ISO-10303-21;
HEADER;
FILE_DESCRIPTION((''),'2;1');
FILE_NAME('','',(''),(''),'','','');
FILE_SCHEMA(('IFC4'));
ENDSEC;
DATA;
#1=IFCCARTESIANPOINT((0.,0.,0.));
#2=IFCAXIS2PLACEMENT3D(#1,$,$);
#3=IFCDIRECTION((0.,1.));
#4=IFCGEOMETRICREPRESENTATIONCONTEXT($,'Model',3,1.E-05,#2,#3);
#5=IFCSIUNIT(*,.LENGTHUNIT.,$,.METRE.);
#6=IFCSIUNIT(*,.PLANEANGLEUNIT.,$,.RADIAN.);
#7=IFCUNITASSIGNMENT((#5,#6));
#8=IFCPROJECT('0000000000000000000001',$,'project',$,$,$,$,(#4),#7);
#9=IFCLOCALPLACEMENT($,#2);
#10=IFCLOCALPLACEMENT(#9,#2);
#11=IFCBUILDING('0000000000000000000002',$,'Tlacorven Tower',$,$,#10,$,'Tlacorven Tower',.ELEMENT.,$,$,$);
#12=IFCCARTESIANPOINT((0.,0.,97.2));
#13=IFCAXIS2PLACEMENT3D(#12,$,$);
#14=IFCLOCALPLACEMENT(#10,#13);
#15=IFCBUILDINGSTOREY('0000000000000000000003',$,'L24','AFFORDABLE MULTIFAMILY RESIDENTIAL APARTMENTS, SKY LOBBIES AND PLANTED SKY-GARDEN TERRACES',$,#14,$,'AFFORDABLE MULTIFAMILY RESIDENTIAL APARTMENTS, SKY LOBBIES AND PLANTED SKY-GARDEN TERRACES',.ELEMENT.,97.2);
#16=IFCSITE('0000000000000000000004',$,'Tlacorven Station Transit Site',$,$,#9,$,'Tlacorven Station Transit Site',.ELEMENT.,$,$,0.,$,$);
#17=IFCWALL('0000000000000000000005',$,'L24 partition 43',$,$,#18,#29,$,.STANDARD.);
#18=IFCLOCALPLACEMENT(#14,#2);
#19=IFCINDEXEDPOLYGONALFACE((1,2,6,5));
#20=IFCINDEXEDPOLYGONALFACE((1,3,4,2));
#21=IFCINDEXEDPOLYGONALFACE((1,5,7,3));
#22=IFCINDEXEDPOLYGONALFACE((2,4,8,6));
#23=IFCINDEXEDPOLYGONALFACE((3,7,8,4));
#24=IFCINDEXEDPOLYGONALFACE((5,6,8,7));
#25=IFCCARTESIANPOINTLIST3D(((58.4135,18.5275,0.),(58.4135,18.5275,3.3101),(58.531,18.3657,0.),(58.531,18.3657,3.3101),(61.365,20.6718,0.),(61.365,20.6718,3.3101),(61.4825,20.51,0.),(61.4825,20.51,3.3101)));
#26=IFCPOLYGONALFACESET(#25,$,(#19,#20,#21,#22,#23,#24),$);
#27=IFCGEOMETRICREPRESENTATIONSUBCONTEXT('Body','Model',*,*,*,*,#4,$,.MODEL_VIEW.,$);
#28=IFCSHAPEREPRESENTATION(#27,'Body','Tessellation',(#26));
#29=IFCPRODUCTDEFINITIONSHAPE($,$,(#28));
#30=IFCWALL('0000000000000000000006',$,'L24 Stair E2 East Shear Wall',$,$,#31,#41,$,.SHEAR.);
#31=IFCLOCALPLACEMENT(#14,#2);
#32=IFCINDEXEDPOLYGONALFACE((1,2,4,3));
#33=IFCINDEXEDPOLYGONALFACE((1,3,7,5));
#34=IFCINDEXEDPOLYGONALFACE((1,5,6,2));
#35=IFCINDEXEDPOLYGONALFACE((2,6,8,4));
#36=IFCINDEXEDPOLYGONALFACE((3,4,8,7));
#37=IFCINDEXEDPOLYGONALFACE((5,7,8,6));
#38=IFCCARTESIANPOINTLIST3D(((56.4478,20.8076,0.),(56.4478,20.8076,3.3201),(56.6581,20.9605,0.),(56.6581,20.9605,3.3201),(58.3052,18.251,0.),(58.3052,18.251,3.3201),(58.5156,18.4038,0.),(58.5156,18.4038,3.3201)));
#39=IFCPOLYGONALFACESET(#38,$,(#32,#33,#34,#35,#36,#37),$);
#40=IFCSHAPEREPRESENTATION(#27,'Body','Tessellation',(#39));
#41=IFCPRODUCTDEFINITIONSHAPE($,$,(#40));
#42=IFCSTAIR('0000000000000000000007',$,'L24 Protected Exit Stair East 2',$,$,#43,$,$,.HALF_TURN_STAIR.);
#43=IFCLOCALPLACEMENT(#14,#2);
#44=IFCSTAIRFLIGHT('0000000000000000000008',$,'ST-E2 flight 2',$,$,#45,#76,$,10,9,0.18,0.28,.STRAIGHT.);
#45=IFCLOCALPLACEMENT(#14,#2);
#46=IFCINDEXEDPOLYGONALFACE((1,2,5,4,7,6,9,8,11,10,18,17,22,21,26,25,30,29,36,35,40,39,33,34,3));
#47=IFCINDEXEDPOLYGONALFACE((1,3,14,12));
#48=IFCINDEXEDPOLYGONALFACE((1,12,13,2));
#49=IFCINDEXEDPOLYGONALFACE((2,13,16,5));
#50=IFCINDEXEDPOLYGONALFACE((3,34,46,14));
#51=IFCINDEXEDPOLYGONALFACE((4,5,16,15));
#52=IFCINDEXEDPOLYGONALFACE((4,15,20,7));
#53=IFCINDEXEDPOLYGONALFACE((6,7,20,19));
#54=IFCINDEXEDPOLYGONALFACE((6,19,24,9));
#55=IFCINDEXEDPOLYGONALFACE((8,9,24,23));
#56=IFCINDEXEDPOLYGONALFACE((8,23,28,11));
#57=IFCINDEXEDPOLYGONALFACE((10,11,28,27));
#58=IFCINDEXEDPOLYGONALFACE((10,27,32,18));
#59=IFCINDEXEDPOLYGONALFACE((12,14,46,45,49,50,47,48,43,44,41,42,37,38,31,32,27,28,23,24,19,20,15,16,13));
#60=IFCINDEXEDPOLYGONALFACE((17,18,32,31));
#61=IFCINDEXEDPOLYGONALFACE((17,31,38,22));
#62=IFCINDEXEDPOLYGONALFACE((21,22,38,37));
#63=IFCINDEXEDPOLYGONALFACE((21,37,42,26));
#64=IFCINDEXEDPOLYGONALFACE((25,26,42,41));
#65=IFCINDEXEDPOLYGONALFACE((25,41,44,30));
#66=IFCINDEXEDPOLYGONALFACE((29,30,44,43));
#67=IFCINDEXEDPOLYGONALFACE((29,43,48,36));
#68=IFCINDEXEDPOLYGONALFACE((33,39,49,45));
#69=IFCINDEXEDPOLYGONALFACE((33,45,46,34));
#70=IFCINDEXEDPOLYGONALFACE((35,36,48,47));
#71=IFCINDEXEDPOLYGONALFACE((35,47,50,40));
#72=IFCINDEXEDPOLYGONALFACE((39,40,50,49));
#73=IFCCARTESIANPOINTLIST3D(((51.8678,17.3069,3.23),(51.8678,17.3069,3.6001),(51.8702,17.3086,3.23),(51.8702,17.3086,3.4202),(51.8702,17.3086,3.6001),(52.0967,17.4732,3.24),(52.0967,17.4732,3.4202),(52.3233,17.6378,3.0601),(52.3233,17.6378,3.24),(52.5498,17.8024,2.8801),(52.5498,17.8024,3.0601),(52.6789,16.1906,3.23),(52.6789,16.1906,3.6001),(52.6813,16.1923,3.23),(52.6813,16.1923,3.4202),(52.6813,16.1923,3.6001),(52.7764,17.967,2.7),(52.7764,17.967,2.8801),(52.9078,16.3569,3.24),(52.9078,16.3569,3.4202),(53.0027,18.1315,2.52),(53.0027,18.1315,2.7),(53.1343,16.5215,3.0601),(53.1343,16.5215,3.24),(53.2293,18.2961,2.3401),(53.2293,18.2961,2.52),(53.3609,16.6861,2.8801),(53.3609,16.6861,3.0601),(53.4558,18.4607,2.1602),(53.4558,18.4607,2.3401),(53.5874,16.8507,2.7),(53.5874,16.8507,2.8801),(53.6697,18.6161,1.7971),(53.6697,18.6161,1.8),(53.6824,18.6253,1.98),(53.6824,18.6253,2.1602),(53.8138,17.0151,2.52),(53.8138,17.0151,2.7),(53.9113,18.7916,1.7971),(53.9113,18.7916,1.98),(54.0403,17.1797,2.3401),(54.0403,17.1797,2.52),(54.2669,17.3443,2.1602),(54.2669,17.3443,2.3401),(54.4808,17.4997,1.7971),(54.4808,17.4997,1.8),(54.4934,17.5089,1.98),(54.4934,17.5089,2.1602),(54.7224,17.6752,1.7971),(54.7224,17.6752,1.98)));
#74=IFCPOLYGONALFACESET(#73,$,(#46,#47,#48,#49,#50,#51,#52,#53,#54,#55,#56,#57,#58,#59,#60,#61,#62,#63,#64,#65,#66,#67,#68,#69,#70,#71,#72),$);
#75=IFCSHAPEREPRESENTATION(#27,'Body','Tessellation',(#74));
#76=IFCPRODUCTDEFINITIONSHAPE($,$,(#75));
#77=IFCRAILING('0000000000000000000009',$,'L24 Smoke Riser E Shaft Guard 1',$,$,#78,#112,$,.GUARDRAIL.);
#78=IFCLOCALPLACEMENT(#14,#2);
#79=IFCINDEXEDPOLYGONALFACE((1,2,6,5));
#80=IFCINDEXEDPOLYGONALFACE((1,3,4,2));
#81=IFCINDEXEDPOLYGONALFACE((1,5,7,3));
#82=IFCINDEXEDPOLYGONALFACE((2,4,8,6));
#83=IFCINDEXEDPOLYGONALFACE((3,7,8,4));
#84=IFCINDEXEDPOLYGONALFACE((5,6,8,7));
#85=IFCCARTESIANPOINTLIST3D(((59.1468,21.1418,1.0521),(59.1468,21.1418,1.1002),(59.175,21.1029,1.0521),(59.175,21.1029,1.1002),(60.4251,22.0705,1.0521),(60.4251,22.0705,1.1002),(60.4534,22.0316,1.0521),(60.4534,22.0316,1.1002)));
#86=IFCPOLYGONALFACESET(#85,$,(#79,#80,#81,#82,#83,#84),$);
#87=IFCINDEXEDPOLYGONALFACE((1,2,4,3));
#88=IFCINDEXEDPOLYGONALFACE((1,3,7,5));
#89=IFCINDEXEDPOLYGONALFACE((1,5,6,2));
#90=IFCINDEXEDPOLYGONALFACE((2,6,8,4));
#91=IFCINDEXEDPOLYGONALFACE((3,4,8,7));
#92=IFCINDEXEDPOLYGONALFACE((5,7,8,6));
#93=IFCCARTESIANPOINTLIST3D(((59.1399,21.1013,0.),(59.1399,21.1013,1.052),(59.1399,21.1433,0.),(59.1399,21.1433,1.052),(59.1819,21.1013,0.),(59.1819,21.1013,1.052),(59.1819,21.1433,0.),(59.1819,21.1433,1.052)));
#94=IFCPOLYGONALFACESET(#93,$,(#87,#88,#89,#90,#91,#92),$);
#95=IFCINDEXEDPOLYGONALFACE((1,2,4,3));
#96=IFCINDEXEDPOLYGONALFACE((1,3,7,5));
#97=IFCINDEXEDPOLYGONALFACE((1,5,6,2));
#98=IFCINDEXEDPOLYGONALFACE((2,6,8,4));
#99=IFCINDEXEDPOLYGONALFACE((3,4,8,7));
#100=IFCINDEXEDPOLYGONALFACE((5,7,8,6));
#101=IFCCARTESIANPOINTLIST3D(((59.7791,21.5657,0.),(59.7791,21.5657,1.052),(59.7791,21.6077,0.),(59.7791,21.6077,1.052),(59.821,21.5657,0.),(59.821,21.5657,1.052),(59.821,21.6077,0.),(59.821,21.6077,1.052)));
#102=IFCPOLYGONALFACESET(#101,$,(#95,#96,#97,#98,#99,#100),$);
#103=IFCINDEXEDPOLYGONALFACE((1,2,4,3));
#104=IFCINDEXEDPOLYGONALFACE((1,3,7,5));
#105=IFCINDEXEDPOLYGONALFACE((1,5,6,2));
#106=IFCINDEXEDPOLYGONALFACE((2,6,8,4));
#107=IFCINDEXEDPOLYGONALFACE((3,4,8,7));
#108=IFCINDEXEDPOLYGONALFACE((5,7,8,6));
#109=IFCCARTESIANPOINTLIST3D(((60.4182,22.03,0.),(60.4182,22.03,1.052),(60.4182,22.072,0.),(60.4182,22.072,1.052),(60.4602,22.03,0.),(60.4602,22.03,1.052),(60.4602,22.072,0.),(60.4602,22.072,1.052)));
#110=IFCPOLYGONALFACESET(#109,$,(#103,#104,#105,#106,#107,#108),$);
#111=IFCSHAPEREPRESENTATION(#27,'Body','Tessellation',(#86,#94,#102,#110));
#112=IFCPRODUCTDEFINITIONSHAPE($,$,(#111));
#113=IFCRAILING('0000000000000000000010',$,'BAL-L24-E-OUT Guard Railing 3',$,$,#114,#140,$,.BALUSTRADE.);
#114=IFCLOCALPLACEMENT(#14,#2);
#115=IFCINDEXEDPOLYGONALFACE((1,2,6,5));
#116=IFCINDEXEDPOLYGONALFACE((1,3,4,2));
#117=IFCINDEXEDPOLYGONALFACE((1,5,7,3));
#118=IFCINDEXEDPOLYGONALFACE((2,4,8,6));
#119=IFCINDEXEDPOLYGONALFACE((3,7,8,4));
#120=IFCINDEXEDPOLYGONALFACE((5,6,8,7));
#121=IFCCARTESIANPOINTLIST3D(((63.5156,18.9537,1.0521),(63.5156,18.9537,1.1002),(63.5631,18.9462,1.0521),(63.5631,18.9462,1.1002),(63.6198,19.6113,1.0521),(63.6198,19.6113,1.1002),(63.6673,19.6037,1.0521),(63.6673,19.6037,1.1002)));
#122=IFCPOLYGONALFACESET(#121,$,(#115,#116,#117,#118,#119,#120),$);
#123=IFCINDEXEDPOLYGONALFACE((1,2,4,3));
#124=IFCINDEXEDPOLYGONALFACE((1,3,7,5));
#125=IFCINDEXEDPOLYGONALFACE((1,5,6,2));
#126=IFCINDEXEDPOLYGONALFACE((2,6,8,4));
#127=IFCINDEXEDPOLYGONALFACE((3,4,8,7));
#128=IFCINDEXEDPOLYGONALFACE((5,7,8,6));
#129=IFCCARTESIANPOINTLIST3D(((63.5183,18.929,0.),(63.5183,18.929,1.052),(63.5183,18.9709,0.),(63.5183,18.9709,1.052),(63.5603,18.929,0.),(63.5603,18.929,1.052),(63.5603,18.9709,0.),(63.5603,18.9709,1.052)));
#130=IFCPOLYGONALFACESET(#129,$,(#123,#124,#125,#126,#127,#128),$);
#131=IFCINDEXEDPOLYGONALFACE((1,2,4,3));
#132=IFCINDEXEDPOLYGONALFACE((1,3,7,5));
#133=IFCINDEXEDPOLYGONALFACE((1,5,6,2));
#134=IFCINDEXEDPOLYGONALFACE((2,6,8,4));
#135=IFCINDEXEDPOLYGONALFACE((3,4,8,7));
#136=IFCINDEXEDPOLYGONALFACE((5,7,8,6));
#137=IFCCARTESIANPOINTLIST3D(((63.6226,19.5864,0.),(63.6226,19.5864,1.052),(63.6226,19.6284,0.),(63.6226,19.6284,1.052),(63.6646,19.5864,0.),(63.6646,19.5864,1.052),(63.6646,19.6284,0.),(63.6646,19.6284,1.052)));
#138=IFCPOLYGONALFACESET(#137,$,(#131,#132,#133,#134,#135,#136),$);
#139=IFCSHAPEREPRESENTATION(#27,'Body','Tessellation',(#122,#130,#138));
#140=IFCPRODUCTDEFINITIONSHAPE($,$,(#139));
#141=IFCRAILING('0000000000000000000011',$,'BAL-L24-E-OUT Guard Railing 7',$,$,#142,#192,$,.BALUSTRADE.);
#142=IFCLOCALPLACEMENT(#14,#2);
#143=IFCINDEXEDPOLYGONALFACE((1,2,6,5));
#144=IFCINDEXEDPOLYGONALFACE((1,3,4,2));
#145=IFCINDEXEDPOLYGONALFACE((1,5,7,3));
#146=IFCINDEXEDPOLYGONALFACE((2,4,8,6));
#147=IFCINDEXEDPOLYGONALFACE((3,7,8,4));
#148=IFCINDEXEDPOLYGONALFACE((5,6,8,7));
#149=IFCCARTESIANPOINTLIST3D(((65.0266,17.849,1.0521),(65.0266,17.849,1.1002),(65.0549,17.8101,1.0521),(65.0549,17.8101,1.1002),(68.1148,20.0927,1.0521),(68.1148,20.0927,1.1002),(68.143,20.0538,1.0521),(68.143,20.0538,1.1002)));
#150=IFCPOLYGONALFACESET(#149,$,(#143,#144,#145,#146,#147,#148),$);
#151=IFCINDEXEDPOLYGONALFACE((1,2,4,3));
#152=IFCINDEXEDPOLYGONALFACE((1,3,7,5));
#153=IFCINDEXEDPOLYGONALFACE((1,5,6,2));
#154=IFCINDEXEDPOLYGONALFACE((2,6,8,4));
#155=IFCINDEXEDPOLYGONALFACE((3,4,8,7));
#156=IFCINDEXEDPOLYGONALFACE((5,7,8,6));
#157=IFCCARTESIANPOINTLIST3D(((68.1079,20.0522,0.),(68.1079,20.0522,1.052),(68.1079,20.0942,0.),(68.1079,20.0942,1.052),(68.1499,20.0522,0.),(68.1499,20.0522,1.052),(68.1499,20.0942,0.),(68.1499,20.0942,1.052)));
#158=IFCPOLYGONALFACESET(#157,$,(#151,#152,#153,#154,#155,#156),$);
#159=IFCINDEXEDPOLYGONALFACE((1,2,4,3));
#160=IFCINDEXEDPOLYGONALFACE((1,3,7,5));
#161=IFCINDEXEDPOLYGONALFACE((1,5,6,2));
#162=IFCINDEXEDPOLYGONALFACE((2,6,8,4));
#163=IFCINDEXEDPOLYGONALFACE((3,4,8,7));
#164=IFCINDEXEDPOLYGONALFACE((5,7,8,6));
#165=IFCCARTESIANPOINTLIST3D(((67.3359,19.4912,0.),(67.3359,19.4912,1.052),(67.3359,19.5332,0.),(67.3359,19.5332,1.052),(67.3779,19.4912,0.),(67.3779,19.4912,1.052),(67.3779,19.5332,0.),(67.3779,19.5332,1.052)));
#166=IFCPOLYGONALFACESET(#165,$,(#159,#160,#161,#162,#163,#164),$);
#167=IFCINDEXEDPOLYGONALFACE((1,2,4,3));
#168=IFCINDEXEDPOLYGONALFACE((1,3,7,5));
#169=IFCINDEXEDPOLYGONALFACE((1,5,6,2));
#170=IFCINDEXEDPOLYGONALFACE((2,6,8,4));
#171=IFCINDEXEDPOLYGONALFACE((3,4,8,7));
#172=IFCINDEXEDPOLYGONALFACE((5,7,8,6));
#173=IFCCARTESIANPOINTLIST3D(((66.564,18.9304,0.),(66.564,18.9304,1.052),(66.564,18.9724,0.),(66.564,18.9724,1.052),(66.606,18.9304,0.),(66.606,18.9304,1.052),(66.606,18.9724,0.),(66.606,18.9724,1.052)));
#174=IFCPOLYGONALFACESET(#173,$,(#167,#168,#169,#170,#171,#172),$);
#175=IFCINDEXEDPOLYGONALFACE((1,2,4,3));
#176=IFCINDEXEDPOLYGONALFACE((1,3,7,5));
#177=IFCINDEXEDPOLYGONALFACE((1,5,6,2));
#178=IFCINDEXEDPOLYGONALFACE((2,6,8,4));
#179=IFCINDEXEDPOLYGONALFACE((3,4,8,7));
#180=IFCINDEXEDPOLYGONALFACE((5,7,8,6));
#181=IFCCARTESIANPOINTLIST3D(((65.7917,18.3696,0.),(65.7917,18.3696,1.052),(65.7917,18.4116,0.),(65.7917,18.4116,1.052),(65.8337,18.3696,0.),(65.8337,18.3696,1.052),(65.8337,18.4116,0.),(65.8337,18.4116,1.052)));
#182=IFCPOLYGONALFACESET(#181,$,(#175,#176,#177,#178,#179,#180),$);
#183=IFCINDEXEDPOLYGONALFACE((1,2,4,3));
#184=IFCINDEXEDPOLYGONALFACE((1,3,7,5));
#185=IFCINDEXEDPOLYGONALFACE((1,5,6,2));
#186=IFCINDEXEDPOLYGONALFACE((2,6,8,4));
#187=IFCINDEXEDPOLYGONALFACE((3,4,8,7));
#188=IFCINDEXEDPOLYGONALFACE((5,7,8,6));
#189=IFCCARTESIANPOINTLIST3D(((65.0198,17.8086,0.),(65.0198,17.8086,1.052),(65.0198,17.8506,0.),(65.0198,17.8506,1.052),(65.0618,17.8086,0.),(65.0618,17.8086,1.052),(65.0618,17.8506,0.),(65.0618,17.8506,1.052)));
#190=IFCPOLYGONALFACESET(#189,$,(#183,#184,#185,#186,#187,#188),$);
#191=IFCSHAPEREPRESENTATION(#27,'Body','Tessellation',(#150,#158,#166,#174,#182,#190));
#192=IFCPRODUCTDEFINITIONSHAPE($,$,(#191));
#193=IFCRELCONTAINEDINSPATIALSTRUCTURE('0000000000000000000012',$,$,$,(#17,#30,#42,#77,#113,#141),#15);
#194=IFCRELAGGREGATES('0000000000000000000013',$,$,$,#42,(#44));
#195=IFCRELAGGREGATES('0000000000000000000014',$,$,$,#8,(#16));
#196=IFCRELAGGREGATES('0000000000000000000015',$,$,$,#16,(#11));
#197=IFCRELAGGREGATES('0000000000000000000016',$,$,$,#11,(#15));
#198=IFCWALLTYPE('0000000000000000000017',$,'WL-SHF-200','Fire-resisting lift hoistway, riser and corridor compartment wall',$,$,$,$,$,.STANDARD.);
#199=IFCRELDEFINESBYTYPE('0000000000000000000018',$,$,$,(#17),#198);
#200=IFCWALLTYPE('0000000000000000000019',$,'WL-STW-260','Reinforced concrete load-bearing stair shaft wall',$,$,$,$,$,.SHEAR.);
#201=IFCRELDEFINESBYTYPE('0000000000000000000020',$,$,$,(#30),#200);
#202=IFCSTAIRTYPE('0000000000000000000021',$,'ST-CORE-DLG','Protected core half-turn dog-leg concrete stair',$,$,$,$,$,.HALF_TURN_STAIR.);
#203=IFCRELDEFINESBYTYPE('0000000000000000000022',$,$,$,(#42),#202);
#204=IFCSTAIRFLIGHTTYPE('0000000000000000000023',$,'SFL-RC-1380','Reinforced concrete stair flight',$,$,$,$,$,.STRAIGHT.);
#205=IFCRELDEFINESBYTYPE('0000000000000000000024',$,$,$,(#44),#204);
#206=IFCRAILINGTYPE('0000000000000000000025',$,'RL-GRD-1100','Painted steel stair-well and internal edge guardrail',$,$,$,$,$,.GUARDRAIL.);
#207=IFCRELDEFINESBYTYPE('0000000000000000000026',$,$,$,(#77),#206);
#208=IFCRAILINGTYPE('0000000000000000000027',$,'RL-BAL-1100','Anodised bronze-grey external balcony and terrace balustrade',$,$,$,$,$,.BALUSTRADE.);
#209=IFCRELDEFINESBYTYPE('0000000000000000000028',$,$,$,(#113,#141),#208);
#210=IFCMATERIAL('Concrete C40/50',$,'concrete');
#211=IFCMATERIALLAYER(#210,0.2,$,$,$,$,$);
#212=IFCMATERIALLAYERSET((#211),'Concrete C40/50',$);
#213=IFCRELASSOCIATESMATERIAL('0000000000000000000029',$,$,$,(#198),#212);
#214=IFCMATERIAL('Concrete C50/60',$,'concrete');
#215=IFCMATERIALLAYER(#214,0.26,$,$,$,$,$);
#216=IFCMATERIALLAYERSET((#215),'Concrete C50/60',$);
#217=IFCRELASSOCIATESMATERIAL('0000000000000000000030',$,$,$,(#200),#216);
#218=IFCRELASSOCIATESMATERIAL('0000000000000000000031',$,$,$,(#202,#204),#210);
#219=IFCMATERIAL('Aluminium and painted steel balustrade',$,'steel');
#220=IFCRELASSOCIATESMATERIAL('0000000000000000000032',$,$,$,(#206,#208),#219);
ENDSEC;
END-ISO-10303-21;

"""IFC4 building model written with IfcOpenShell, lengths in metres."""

from ifc_helpers import new_model, si_unit, direction, frame, frame_2d, origin, origin_2d, place, context, subcontext, project, spatial, polyline, rectangle, outline, extrude, source, transform, mapped, material, layer, layer_set, type_object, element, aggregate, save


model = new_model("IFC4")

# Units and contexts
model_context = context("Model", 3, precision=1e-05, world=origin(), true_north=direction((0.0, 1.0)))
body_context = subcontext(model_context, "Body", "Model", "MODEL_VIEW")
ifc_project = project(units=[si_unit("LENGTHUNIT", "METRE"), si_unit("PLANEANGLEUNIT", "RADIAN")], contexts=[model_context])

# Site, building, storey
site_placement = place(None, origin())
site = spatial("IfcSite", under=ifc_project, at=site_placement, Name="Tlacorven Station Transit Site", LongName="Tlacorven Station Transit Site", CompositionType="ELEMENT", RefElevation=0.0)
building_placement = place(site_placement, origin())
building = spatial("IfcBuilding", under=site, at=building_placement, Name="Tlacorven Tower", LongName="Tlacorven Tower", CompositionType="ELEMENT")
storey_placement = place(building_placement, frame((0.0, 0.0, 97.2)))
storey = spatial("IfcBuildingStorey", under=building, at=storey_placement, Name="L24", Description="AFFORDABLE MULTIFAMILY RESIDENTIAL APARTMENTS, SKY LOBBIES AND PLANTED SKY-GARDEN TERRACES", LongName="AFFORDABLE MULTIFAMILY RESIDENTIAL APARTMENTS, SKY LOBBIES AND PLANTED SKY-GARDEN TERRACES", CompositionType="ELEMENT", Elevation=97.2)

# Shared definitions
ifc_material_1 = material(Name="Concrete C40/50", Category="concrete")
ifc_layer_1 = layer(ifc_material_1, 0.2)
ifc_layer_set_1 = layer_set([ifc_layer_1], Name="Concrete C40/50")
wall_type_1 = type_object("IfcWallType", Name="WL-SHF-200", Description="Fire-resisting lift hoistway, riser and corridor compartment wall", PredefinedType="STANDARD", material=ifc_layer_set_1)

# Walls
wall_1_placement = place(storey_placement, frame((58.4722, 18.4465, 0.0), z_axis=(0.0, 0.0, 1.0), x_axis=(0.809022, 0.587778, 0.0)))
element("IfcWall", 1, at=wall_1_placement, inside=storey, type_object=wall_type_1, Name="L24 partition 43", PredefinedType="STANDARD", context=body_context, shape_type="SweptSolid", body=[
    extrude(rectangle(XDim=3.6482, YDim=0.2, at=frame_2d((1.8242, 0.0))), origin(), (0.0, 0.0, 1.0), 3.3101),
])
ifc_material_2 = material(Name="Concrete C50/60", Category="concrete")
ifc_layer_2 = layer(ifc_material_2, 0.26)
ifc_layer_set_2 = layer_set([ifc_layer_2], Name="Concrete C50/60")
wall_type_2 = type_object("IfcWallType", Name="WL-STW-260", Description="Reinforced concrete load-bearing stair shaft wall", PredefinedType="SHEAR", material=ifc_layer_set_2)
wall_2_placement = place(storey_placement, frame((58.4104, 18.3274, 0.0), z_axis=(0.0, 0.0, 1.0), x_axis=(-0.587767, 0.80903, 0.0)))
element("IfcWall", 2, at=wall_2_placement, inside=storey, type_object=wall_type_2, Name="L24 Stair E2 East Shear Wall", PredefinedType="SHEAR", context=body_context, shape_type="SweptSolid", body=[
    extrude(rectangle(XDim=3.1602, YDim=0.26, at=frame_2d((1.5801, 0.0))), origin(), (0.0, 0.0, 1.0), 3.3201),
])

# Stair, stair flight
stair_type = type_object("IfcStairType", Name="ST-CORE-DLG", Description="Protected core half-turn dog-leg concrete stair", PredefinedType="HALF_TURN_STAIR", material=ifc_material_1)
stair_placement = place(storey_placement, origin())
stair = element("IfcStair", 3, at=stair_placement, inside=storey, type_object=stair_type, Name="L24 Protected Exit Stair East 2", PredefinedType="HALF_TURN_STAIR")
stair_flight_type = type_object("IfcStairFlightType", Name="SFL-RC-1380", Description="Reinforced concrete stair flight", PredefinedType="STRAIGHT", material=ifc_material_1)
shared_shape_1 = source(origin(), body_context, "Body", "SweptSolid", [
    extrude(outline(polyline([(-0.0029, -0.0029), (-0.0029, 0.1799), (0.28, 0.1799), (0.28, 0.3601), (0.5601, 0.3601), (0.5601, 0.54), (0.8401, 0.54), (0.8401, 0.72), (1.1201, 0.72), (1.1201, 0.8999), (1.3999, 0.8999), (1.3999, 1.0801), (1.6799, 1.0801), (1.6799, 1.26), (1.96, 1.26), (1.96, 1.4399), (2.24, 1.4399), (2.24, 1.6201), (2.52, 1.6201), (2.52, 1.8), (2.5229, 1.8), (2.5229, 1.4299), (2.52, 1.4299), (0.2957, 0.0), (0.2957, -0.0029), (-0.0029, -0.0029)])), frame((0.0, 0.6899, 0.0), z_axis=(0.0, -1.0, 0.0), x_axis=(1.0, 0.0, 0.0)), (0.0, 0.0, 1.0), 1.3799),
])
stair_flight_placement = place(storey_placement, frame((54.3145, 18.2317, 1.8), z_axis=(0.0, 0.0, 1.0), x_axis=(-0.809017, -0.587785, 0.0)))
stair_flight = element("IfcStairFlight", 4, at=stair_flight_placement, type_object=stair_flight_type, Name="ST-E2 flight 2", NumberOfRisers=10, NumberOfTreads=9, PredefinedType="STRAIGHT", RiserHeight=0.18, TreadLength=0.28, context=body_context, shape_type="MappedRepresentation", body=[
    mapped(shared_shape_1, transform((0.0, 0.0, 0.0), scale=1.0)),
])
aggregate(stair, [stair_flight])

# Railings
ifc_material_3 = material(Name="Aluminium and painted steel balustrade", Category="steel")
railing_type_1 = type_object("IfcRailingType", Name="RL-GRD-1100", Description="Painted steel stair-well and internal edge guardrail", PredefinedType="GUARDRAIL", material=ifc_material_3)
shared_shape_2 = source(origin(), body_context, "Body", "SweptSolid", [
    extrude(rectangle(XDim=0.0481, YDim=0.0481, at=origin_2d()), frame((0.0, 0.0, 1.0762), z_axis=(0.80903, 0.587767, 0.0), x_axis=(-0.587767, 0.80903, 0.0)), (0.0, 0.0, 1.0), 1.5801),
    extrude(rectangle(XDim=0.042, YDim=0.042, at=origin_2d()), origin(), (0.0, 0.0, 1.0), 1.052),
    extrude(rectangle(XDim=0.042, YDim=0.042, at=origin_2d()), frame((0.6392, 0.4644, 0.0)), (0.0, 0.0, 1.0), 1.052),
    extrude(rectangle(XDim=0.042, YDim=0.042, at=origin_2d()), frame((1.2783, 0.9287, 0.0)), (0.0, 0.0, 1.0), 1.052),
])
railing_1_placement = place(storey_placement, frame((59.1609, 21.1223, 0.0)))
element("IfcRailing", 5, at=railing_1_placement, inside=storey, type_object=railing_type_1, Name="L24 Smoke Riser E Shaft Guard 1", PredefinedType="GUARDRAIL", context=body_context, shape_type="MappedRepresentation", body=[
    mapped(shared_shape_2, transform((0.0, 0.0, 0.0), scale=1.0)),
])
railing_type_2 = type_object("IfcRailingType", Name="RL-BAL-1100", Description="Anodised bronze-grey external balcony and terrace balustrade", PredefinedType="BALUSTRADE", material=ifc_material_3)
shared_shape_3 = source(origin(), body_context, "Body", "SweptSolid", [
    extrude(rectangle(XDim=0.0481, YDim=0.0481, at=origin_2d()), frame((0.0, 0.0, 1.0762), z_axis=(0.156603, 0.987662, 0.0), x_axis=(-0.987662, 0.156603, 0.0)), (0.0, 0.0, 1.0), 0.6658),
    extrude(rectangle(XDim=0.042, YDim=0.042, at=origin_2d()), origin(), (0.0, 0.0, 1.0), 1.052),
    extrude(rectangle(XDim=0.042, YDim=0.042, at=origin_2d()), frame((0.1042, 0.6575, 0.0)), (0.0, 0.0, 1.0), 1.052),
])
railing_2_placement = place(storey_placement, frame((63.5393, 18.95, 0.0)))
element("IfcRailing", 6, at=railing_2_placement, inside=storey, type_object=railing_type_2, Name="BAL-L24-E-OUT Guard Railing 3", PredefinedType="BALUSTRADE", context=body_context, shape_type="MappedRepresentation", body=[
    mapped(shared_shape_3, transform((0.0, 0.0, 0.0), scale=1.0)),
])
shared_shape_4 = source(origin(), body_context, "Body", "SweptSolid", [
    extrude(rectangle(XDim=0.0481, YDim=0.0481, at=origin_2d()), frame((0.0, 0.0, 1.0762), z_axis=(-0.809018, -0.587784, 0.0), x_axis=(0.587784, -0.809018, 0.0)), (0.0, 0.0, 1.0), 3.8171),
    extrude(rectangle(XDim=0.042, YDim=0.042, at=origin_2d()), origin(), (0.0, 0.0, 1.0), 1.052),
    extrude(rectangle(XDim=0.042, YDim=0.042, at=origin_2d()), frame((-0.772, -0.561, 0.0)), (0.0, 0.0, 1.0), 1.052),
    extrude(rectangle(XDim=0.042, YDim=0.042, at=origin_2d()), frame((-1.5439, -1.1218, 0.0)), (0.0, 0.0, 1.0), 1.052),
    extrude(rectangle(XDim=0.042, YDim=0.042, at=origin_2d()), frame((-2.3162, -1.6826, 0.0)), (0.0, 0.0, 1.0), 1.052),
    extrude(rectangle(XDim=0.042, YDim=0.042, at=origin_2d()), frame((-3.0881, -2.2437, 0.0)), (0.0, 0.0, 1.0), 1.052),
])
railing_3_placement = place(storey_placement, frame((68.1289, 20.0732, 0.0)))
element("IfcRailing", 7, at=railing_3_placement, inside=storey, type_object=railing_type_2, Name="BAL-L24-E-OUT Guard Railing 7", PredefinedType="BALUSTRADE", context=body_context, shape_type="MappedRepresentation", body=[
    mapped(shared_shape_4, transform((0.0, 0.0, 0.0), scale=1.0)),
])

save(model, "model.ifc")
